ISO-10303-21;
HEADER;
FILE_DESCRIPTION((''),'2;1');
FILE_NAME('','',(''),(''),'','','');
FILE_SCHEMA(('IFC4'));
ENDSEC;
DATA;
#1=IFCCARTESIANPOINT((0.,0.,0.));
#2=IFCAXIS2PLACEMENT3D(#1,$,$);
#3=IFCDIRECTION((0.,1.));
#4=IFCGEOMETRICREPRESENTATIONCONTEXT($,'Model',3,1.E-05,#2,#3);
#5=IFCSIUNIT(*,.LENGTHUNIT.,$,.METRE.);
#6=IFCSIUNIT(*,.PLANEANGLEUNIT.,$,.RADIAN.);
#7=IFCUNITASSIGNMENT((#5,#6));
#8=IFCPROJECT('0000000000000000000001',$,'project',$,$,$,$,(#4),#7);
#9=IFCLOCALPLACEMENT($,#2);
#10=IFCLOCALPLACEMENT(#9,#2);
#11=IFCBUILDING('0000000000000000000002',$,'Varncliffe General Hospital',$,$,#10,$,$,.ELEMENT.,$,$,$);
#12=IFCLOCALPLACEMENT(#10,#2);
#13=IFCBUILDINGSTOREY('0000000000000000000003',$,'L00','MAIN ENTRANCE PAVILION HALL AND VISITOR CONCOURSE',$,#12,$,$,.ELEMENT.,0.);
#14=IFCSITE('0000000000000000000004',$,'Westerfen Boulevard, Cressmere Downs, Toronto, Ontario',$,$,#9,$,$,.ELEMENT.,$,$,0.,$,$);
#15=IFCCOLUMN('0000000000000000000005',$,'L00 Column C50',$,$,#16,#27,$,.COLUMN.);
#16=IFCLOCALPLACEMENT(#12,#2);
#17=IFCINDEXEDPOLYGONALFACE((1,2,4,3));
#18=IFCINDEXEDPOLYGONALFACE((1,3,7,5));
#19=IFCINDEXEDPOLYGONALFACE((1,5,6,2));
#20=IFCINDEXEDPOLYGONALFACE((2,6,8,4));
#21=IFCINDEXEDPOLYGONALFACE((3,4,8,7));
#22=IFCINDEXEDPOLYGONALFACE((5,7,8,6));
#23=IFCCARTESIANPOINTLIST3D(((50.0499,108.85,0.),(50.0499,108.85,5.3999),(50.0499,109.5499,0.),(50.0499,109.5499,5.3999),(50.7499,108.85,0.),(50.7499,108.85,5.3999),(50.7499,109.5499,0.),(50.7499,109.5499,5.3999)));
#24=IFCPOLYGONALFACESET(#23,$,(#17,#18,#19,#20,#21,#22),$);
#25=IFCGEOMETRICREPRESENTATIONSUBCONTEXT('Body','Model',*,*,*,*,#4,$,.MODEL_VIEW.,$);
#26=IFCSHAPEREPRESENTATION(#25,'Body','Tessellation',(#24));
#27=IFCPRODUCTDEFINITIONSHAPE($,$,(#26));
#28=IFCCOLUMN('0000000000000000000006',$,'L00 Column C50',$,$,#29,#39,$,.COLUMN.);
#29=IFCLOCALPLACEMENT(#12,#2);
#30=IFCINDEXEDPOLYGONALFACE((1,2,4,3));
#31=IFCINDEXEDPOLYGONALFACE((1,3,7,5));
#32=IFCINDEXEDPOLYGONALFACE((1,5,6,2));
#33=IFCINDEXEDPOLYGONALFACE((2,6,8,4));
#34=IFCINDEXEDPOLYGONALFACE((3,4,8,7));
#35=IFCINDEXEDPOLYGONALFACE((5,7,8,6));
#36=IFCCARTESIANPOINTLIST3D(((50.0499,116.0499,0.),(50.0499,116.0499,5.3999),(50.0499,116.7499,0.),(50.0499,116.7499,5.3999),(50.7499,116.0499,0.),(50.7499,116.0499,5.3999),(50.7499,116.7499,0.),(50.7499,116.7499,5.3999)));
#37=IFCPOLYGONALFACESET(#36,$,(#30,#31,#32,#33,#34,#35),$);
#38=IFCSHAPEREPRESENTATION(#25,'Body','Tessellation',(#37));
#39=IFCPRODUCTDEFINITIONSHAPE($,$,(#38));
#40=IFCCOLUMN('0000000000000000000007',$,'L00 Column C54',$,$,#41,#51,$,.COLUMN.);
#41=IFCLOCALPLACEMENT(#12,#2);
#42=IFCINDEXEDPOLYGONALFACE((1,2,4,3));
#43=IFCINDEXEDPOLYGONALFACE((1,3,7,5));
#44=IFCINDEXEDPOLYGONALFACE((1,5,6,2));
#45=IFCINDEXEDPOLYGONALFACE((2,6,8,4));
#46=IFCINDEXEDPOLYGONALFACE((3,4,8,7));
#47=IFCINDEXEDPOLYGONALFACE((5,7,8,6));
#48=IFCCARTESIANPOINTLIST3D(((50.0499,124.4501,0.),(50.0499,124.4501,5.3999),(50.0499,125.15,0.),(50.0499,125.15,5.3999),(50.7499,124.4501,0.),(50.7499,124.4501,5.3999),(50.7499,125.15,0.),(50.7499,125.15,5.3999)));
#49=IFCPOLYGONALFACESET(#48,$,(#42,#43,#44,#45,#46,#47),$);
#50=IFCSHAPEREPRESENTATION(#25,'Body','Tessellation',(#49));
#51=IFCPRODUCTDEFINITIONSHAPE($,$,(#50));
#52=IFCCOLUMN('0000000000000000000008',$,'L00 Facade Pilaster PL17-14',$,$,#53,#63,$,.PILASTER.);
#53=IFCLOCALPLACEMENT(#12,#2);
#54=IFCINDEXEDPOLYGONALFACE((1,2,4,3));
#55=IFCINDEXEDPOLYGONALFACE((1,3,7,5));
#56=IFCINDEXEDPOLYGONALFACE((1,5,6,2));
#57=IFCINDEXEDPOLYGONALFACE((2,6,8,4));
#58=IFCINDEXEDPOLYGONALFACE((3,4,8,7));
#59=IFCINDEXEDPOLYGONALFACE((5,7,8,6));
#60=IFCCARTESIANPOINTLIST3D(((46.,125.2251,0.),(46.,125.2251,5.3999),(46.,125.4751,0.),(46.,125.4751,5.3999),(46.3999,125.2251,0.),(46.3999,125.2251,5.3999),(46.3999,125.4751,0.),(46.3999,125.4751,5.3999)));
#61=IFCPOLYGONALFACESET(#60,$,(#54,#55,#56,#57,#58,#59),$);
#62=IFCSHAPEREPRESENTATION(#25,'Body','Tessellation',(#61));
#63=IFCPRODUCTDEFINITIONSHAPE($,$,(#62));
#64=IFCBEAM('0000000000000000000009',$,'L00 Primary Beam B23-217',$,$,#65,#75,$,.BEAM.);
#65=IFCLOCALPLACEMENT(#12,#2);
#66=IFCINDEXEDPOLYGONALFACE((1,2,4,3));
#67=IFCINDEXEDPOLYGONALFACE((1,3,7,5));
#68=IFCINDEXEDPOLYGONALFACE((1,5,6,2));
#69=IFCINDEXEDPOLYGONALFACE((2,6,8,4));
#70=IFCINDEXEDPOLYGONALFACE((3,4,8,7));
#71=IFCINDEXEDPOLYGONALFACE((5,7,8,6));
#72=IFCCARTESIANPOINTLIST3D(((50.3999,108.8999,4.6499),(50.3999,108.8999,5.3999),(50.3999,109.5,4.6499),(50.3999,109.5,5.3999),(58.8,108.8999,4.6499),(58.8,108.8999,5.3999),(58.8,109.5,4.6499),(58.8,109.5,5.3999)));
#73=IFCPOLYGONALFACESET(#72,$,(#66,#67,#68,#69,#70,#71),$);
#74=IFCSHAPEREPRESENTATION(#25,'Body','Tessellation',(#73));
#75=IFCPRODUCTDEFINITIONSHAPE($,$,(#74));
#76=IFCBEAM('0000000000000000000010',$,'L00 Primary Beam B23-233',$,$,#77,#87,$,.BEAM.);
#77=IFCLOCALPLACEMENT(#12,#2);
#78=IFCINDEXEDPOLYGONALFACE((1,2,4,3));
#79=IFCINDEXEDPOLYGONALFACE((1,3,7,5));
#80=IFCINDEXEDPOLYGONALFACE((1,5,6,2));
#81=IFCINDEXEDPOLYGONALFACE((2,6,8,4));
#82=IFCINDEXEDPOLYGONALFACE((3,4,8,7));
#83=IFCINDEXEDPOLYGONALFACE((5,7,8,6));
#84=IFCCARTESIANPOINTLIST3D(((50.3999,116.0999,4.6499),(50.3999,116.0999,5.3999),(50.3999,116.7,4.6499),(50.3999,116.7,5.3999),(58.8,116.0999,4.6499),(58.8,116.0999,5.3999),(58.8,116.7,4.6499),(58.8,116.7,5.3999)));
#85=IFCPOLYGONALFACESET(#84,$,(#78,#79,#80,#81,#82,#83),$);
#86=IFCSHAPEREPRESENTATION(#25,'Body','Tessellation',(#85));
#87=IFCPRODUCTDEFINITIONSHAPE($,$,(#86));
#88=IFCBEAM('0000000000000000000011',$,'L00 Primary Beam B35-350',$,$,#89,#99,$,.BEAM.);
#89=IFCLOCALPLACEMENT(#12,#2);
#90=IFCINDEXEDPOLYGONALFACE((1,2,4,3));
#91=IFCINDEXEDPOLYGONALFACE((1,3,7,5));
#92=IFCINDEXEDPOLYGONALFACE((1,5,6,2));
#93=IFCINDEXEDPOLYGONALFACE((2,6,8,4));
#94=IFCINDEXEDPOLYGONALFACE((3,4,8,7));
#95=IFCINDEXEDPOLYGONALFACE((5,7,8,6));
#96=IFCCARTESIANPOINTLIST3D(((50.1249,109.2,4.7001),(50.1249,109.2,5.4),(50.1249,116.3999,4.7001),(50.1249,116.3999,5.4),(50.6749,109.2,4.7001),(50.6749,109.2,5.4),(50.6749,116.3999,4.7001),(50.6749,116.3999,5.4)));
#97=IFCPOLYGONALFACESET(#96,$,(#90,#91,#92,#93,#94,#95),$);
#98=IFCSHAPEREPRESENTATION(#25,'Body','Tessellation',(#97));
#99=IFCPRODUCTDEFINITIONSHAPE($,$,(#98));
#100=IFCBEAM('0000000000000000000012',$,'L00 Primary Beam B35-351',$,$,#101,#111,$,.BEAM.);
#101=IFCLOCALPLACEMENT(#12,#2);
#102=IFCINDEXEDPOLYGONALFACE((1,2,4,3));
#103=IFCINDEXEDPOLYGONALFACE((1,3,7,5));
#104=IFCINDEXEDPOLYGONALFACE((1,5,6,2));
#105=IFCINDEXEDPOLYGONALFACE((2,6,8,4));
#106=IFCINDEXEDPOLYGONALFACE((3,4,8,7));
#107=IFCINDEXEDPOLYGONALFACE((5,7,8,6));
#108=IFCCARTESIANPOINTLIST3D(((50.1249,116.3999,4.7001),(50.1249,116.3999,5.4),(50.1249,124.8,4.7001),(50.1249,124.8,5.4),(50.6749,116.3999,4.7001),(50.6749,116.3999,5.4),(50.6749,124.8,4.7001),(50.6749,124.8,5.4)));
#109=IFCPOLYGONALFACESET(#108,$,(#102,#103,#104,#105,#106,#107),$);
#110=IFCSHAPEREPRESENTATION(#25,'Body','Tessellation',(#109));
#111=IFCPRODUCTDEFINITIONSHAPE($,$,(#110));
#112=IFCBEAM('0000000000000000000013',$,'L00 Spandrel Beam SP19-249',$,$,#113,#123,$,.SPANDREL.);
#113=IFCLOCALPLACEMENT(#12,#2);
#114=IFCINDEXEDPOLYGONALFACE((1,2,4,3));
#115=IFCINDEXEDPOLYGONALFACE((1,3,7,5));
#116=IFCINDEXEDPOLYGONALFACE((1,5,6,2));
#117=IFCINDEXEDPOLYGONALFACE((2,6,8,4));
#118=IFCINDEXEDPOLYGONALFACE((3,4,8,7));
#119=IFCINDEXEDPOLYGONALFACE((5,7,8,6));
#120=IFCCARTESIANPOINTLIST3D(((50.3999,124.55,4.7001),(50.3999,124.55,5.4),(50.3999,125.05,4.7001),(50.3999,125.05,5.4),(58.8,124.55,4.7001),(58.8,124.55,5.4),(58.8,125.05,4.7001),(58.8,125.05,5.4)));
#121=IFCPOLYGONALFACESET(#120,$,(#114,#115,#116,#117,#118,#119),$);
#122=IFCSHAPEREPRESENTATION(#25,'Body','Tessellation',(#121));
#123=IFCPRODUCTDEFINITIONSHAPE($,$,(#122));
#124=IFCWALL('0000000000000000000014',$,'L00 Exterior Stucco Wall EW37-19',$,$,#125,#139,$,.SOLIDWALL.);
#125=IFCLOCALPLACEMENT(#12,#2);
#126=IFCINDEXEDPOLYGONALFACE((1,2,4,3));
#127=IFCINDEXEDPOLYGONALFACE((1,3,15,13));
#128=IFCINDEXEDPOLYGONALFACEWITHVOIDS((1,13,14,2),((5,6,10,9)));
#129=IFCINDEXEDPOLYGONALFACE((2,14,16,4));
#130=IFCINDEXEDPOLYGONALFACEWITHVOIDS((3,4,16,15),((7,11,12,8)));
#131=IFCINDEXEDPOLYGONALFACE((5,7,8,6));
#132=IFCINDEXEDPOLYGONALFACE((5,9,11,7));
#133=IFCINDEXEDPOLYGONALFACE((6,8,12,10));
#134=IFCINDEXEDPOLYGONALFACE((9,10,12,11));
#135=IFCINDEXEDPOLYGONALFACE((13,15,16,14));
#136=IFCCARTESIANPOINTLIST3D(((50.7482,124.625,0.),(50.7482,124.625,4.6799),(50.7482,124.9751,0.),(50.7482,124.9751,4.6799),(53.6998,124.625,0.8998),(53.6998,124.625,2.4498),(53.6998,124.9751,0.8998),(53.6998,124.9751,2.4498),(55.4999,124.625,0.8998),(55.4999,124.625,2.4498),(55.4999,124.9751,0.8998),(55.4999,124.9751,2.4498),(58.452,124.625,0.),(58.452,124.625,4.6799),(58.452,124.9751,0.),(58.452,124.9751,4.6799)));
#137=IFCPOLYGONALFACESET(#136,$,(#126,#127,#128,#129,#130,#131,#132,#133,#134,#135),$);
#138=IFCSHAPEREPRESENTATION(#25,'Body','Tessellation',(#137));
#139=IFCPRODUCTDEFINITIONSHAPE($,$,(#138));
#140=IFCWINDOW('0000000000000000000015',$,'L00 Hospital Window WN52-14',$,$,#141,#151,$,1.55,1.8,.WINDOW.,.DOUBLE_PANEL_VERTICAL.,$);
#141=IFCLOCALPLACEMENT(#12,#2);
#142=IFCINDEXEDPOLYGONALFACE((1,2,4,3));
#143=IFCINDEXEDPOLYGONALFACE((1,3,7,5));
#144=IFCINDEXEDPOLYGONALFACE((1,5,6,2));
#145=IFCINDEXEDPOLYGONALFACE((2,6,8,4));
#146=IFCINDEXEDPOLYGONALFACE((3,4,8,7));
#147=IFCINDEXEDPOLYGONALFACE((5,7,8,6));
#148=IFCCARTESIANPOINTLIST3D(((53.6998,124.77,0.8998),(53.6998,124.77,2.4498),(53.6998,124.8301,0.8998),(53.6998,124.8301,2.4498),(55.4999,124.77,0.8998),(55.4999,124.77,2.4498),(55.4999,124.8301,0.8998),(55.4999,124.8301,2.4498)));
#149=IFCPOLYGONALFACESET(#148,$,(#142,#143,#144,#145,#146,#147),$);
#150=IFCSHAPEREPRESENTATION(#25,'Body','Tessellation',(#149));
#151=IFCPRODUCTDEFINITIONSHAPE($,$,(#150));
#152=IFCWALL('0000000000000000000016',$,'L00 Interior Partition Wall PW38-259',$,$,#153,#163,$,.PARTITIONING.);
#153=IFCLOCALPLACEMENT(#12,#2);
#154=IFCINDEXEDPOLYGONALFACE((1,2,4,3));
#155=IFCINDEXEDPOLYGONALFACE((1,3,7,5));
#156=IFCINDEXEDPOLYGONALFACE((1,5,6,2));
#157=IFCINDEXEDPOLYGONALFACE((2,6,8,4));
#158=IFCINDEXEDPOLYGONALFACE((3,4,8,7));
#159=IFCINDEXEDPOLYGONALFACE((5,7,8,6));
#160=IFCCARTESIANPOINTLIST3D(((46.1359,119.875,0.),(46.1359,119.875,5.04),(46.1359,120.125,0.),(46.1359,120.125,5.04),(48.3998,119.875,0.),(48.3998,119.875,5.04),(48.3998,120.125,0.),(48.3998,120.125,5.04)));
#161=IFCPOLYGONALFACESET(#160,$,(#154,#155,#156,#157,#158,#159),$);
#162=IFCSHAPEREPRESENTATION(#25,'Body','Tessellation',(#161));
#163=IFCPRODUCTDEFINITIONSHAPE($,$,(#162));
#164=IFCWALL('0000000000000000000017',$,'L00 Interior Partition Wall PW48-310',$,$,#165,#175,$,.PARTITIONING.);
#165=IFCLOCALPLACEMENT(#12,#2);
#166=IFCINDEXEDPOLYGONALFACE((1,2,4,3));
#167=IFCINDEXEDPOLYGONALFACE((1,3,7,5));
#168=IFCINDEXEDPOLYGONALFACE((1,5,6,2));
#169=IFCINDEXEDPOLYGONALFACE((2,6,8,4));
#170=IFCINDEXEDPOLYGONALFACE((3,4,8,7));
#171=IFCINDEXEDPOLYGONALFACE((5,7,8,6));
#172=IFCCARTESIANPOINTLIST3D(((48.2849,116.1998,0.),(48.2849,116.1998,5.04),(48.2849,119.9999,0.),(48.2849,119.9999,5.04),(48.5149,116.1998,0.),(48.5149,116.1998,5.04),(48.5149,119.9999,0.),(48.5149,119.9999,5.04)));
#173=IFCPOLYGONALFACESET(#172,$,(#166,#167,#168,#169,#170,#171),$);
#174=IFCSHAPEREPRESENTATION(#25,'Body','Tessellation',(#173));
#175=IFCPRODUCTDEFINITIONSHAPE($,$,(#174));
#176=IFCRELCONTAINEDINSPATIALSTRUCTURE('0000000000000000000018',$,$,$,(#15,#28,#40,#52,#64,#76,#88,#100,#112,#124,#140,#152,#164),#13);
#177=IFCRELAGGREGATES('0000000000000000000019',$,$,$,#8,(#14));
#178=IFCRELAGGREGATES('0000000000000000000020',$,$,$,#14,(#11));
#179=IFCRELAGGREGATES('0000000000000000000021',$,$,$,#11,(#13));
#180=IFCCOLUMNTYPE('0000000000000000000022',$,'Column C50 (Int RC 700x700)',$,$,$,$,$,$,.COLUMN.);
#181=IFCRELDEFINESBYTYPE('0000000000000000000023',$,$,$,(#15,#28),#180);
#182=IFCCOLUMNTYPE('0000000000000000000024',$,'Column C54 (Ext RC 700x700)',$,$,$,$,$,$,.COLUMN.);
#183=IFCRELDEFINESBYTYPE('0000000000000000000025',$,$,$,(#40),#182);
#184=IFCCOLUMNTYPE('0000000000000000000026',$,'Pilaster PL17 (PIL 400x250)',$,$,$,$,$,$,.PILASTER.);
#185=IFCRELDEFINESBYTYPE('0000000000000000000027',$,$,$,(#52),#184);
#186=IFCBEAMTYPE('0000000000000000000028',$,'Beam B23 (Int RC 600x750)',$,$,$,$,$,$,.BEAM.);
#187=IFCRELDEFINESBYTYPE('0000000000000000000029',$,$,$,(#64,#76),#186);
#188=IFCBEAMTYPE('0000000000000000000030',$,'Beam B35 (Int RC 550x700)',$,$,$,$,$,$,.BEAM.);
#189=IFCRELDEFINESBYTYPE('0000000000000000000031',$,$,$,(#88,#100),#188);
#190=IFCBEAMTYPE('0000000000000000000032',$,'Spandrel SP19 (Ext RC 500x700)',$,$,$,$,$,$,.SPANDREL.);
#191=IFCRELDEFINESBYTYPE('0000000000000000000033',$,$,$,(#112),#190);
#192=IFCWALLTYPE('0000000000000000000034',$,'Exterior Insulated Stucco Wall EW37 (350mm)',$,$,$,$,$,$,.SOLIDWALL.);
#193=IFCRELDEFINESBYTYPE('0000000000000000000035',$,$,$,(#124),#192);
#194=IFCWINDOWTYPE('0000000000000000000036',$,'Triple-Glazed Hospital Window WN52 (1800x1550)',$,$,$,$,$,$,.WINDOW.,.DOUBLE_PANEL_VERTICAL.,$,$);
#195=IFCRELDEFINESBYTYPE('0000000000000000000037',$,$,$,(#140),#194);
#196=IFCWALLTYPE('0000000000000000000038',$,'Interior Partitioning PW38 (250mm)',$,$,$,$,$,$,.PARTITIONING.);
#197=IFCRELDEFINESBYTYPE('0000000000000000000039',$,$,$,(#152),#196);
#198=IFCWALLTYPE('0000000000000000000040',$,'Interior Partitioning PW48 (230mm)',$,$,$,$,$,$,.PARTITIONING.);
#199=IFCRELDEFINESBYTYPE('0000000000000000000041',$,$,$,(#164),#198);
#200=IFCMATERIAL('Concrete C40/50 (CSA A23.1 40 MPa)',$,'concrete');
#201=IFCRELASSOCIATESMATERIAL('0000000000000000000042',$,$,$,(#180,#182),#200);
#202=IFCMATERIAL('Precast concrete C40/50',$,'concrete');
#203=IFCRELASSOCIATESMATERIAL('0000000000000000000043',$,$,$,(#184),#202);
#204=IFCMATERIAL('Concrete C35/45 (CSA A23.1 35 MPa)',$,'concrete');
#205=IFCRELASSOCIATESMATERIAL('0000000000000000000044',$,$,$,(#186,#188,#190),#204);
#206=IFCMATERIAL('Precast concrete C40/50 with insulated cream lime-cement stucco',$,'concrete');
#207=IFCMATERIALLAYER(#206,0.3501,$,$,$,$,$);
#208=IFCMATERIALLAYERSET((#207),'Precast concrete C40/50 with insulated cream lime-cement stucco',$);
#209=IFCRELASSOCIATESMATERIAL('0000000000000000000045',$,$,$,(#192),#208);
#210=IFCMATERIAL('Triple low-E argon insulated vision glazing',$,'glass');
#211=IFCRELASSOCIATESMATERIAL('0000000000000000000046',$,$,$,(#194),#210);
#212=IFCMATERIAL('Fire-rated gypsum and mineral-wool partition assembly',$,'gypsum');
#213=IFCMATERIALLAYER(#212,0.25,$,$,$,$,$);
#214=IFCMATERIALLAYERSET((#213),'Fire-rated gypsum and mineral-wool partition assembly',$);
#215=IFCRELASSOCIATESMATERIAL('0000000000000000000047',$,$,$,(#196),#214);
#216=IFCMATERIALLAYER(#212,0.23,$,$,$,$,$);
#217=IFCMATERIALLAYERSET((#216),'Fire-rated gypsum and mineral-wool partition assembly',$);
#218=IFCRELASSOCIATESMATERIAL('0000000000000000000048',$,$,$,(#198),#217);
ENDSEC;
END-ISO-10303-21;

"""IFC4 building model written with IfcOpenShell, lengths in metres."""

from ifc_helpers import new_model, si_unit, direction, frame, frame_2d, origin, origin_2d, place, context, subcontext, project, spatial, rectangle, extrude, material, layer, layer_set, material_profile, profile_set, type_object, element, fill, save


model = new_model("IFC4")

# Units and contexts
model_context = context("Model", 3, precision=1e-05, world=origin(), true_north=direction((0.0, 1.0)))
body_context = subcontext(model_context, "Body", "Model", "MODEL_VIEW")
ifc_project = project(units=[si_unit("LENGTHUNIT", "METRE"), si_unit("PLANEANGLEUNIT", "RADIAN")], contexts=[model_context])

# Site, building, storey
site_placement = place(None, origin())
site = spatial("IfcSite", under=ifc_project, at=site_placement, Name="Westerfen Boulevard, Cressmere Downs, Toronto, Ontario", CompositionType="ELEMENT", RefElevation=0.0)
building_placement = place(site_placement, origin())
building = spatial("IfcBuilding", under=site, at=building_placement, Name="Varncliffe General Hospital", CompositionType="ELEMENT")
storey_placement = place(building_placement, origin())
storey = spatial("IfcBuildingStorey", under=building, at=storey_placement, Name="L00", Description="MAIN ENTRANCE PAVILION HALL AND VISITOR CONCOURSE", CompositionType="ELEMENT", Elevation=0.0)

# Columns
ifc_material_1 = material(Name="Concrete C40/50 (CSA A23.1 40 MPa)", Category="concrete")
ifc_material_profile_1 = material_profile(ifc_material_1, rectangle(XDim=0.7, YDim=0.7, at=origin_2d()), Name="RC 700x700")
ifc_profile_set_1 = profile_set([ifc_material_profile_1], Name="Concrete C40/50 (CSA A23.1 40 MPa)")
column_type_1 = type_object("IfcColumnType", Name="Column C50 (Int RC 700x700)", PredefinedType="COLUMN", material=ifc_profile_set_1)
for number, where, z_axis, x_axis, name in (
    (1, (50.3999, 109.2, 0.0), (0.0, 0.0, 1.0), (1.0, 0.0, 0.0), "L00 Column C50"),
    (2, (50.3999, 116.3999, 0.0), (0.0, 0.0, 1.0), (1.0, 0.0, 0.0), "L00 Column C50"),
):
    element("IfcColumn", number, at=place(storey_placement, frame(where, z_axis=z_axis, x_axis=x_axis)), inside=storey, type_object=column_type_1, Name=name, PredefinedType="COLUMN", context=body_context, shape_type="SweptSolid", body=[
        extrude(rectangle(XDim=0.7, YDim=0.7, at=origin_2d()), origin(), (0.0, 0.0, 1.0), 5.3999),
    ])
ifc_material_profile_2 = material_profile(ifc_material_1, rectangle(XDim=0.7, YDim=0.7, at=origin_2d()), Name="RC 700x700")
ifc_profile_set_2 = profile_set([ifc_material_profile_2], Name="Concrete C40/50 (CSA A23.1 40 MPa)")
column_type_2 = type_object("IfcColumnType", Name="Column C54 (Ext RC 700x700)", PredefinedType="COLUMN", material=ifc_profile_set_2)
column_1_placement = place(storey_placement, frame((50.3999, 124.8, 0.0), z_axis=(0.0, 0.0, 1.0), x_axis=(1.0, 0.0, 0.0)))
element("IfcColumn", 3, at=column_1_placement, inside=storey, type_object=column_type_2, Name="L00 Column C54", PredefinedType="COLUMN", context=body_context, shape_type="SweptSolid", body=[
    extrude(rectangle(XDim=0.7, YDim=0.7, at=origin_2d()), origin(), (0.0, 0.0, 1.0), 5.3999),
])
ifc_material_2 = material(Name="Precast concrete C40/50", Category="concrete")
ifc_material_profile_3 = material_profile(ifc_material_2, rectangle(XDim=0.3999, YDim=0.25, at=origin_2d()), Name="PIL 400x250")
ifc_profile_set_3 = profile_set([ifc_material_profile_3], Name="Precast concrete C40/50")
column_type_3 = type_object("IfcColumnType", Name="Pilaster PL17 (PIL 400x250)", PredefinedType="PILASTER", material=ifc_profile_set_3)
column_2_placement = place(storey_placement, frame((46.2, 125.3501, 0.0), z_axis=(0.0, 0.0, 1.0), x_axis=(1.0, 0.0, 0.0)))
element("IfcColumn", 4, at=column_2_placement, inside=storey, type_object=column_type_3, Name="L00 Facade Pilaster PL17-14", PredefinedType="PILASTER", context=body_context, shape_type="SweptSolid", body=[
    extrude(rectangle(XDim=0.3999, YDim=0.25, at=origin_2d()), origin(), (0.0, 0.0, 1.0), 5.3999),
])

# Beams
ifc_material_3 = material(Name="Concrete C35/45 (CSA A23.1 35 MPa)", Category="concrete")
ifc_material_profile_4 = material_profile(ifc_material_3, rectangle(XDim=0.6001, YDim=0.75, at=origin_2d()), Name="RC 600x750")
ifc_profile_set_4 = profile_set([ifc_material_profile_4], Name="Concrete C35/45 (CSA A23.1 35 MPa)")
beam_type_1 = type_object("IfcBeamType", Name="Beam B23 (Int RC 600x750)", PredefinedType="BEAM", material=ifc_profile_set_4)
for number, where, z_axis, x_axis, name in (
    (5, (50.3999, 109.2, 5.0249), (1.0, 0.0, 0.0), (0.0, 1.0, 0.0), "L00 Primary Beam B23-217"),
    (6, (50.3999, 116.3999, 5.0249), (1.0, 0.0, 0.0), (0.0, 1.0, 0.0), "L00 Primary Beam B23-233"),
):
    element("IfcBeam", number, at=place(storey_placement, frame(where, z_axis=z_axis, x_axis=x_axis)), inside=storey, type_object=beam_type_1, Name=name, PredefinedType="BEAM", context=body_context, shape_type="SweptSolid", body=[
        extrude(rectangle(XDim=0.6001, YDim=0.75, at=origin_2d()), origin(), (0.0, 0.0, 1.0), 8.4001),
    ])
ifc_material_profile_5 = material_profile(ifc_material_3, rectangle(XDim=0.55, YDim=0.7, at=origin_2d()), Name="RC 550x700")
ifc_profile_set_5 = profile_set([ifc_material_profile_5], Name="Concrete C35/45 (CSA A23.1 35 MPa)")
beam_type_2 = type_object("IfcBeamType", Name="Beam B35 (Int RC 550x700)", PredefinedType="BEAM", material=ifc_profile_set_5)
beam_1_placement = place(storey_placement, frame((50.3999, 109.2, 5.05), z_axis=(0.0, 1.0, 0.0), x_axis=(-1.0, 0.0, 0.0)))
element("IfcBeam", 7, at=beam_1_placement, inside=storey, type_object=beam_type_2, Name="L00 Primary Beam B35-350", PredefinedType="BEAM", context=body_context, shape_type="SweptSolid", body=[
    extrude(rectangle(XDim=0.55, YDim=0.7, at=origin_2d()), origin(), (0.0, 0.0, 1.0), 7.2),
])
beam_2_placement = place(storey_placement, frame((50.3999, 116.3999, 5.05), z_axis=(0.0, 1.0, 0.0), x_axis=(-1.0, 0.0, 0.0)))
element("IfcBeam", 8, at=beam_2_placement, inside=storey, type_object=beam_type_2, Name="L00 Primary Beam B35-351", PredefinedType="BEAM", context=body_context, shape_type="SweptSolid", body=[
    extrude(rectangle(XDim=0.55, YDim=0.7, at=origin_2d()), origin(), (0.0, 0.0, 1.0), 8.4001),
])
ifc_material_profile_6 = material_profile(ifc_material_3, rectangle(XDim=0.5, YDim=0.7, at=origin_2d()), Name="RC 500x700")
ifc_profile_set_6 = profile_set([ifc_material_profile_6], Name="Concrete C35/45 (CSA A23.1 35 MPa)")
beam_type_3 = type_object("IfcBeamType", Name="Spandrel SP19 (Ext RC 500x700)", PredefinedType="SPANDREL", material=ifc_profile_set_6)
beam_3_placement = place(storey_placement, frame((50.3999, 124.8, 5.05), z_axis=(1.0, 0.0, 0.0), x_axis=(0.0, 1.0, 0.0)))
element("IfcBeam", 9, at=beam_3_placement, inside=storey, type_object=beam_type_3, Name="L00 Spandrel Beam SP19-249", PredefinedType="SPANDREL", context=body_context, shape_type="SweptSolid", body=[
    extrude(rectangle(XDim=0.5, YDim=0.7, at=origin_2d()), origin(), (0.0, 0.0, 1.0), 8.4001),
])

# Wall, opening, window
ifc_material_4 = material(Name="Precast concrete C40/50 with insulated cream lime-cement stucco", Category="concrete")
ifc_layer_1 = layer(ifc_material_4, 0.3501)
ifc_layer_set_1 = layer_set([ifc_layer_1], Name="Precast concrete C40/50 with insulated cream lime-cement stucco")
wall_type_1 = type_object("IfcWallType", Name="Exterior Insulated Stucco Wall EW37 (350mm)", PredefinedType="SOLIDWALL", material=ifc_layer_set_1)
wall_1_placement = place(storey_placement, frame((50.748, 124.8, 0.0), z_axis=(0.0, 0.0, 1.0), x_axis=(1.0, 0.0, 0.0)))
wall_1 = element("IfcWall", 10, at=wall_1_placement, inside=storey, type_object=wall_type_1, Name="L00 Exterior Stucco Wall EW37-19", PredefinedType="SOLIDWALL", context=body_context, shape_type="SweptSolid", body=[
    extrude(rectangle(XDim=7.7039, YDim=0.3501, at=frame_2d((3.8521, 0.0))), origin(), (0.0, 0.0, 1.0), 4.6799),
])
opening_1_placement = place(wall_1_placement, frame((2.9519, 0.0, 0.8999)))
opening_1 = element("IfcOpeningElement", 11, at=opening_1_placement, cuts=wall_1, PredefinedType="OPENING", context=body_context, shape_type="SweptSolid", body=[
    extrude(rectangle(XDim=1.8, YDim=1.55, at=frame_2d((0.8999, 0.7749))), frame((0.0, 0.1851, 0.0), z_axis=(0.0, -1.0, 0.0), x_axis=(1.0, 0.0, 0.0)), (0.0, 0.0, 1.0), 0.3701),
])
ifc_material_5 = material(Name="Triple low-E argon insulated vision glazing", Category="glass")
window_type = type_object("IfcWindowType", Name="Triple-Glazed Hospital Window WN52 (1800x1550)", PartitioningType="DOUBLE_PANEL_VERTICAL", PredefinedType="WINDOW", material=ifc_material_5)
window_placement = place(opening_1_placement, origin())
window = element("IfcWindow", 12, at=window_placement, inside=storey, type_object=window_type, Name="L00 Hospital Window WN52-14", OverallHeight=1.55, OverallWidth=1.8, PartitioningType="DOUBLE_PANEL_VERTICAL", PredefinedType="WINDOW", context=body_context, shape_type="SweptSolid", body=[
    extrude(rectangle(XDim=1.8, YDim=1.55, at=frame_2d((0.8999, 0.7749))), frame((0.0, 0.03, 0.0), z_axis=(0.0, -1.0, 0.0), x_axis=(1.0, 0.0, 0.0)), (0.0, 0.0, 1.0), 0.0601),
])
fill(opening_1, window)

# Walls
ifc_material_6 = material(Name="Fire-rated gypsum and mineral-wool partition assembly", Category="gypsum")
ifc_layer_2 = layer(ifc_material_6, 0.25)
ifc_layer_set_2 = layer_set([ifc_layer_2], Name="Fire-rated gypsum and mineral-wool partition assembly")
wall_type_2 = type_object("IfcWallType", Name="Interior Partitioning PW38 (250mm)", PredefinedType="PARTITIONING", material=ifc_layer_set_2)
wall_2_placement = place(storey_placement, frame((46.136, 120.0, 0.0), z_axis=(0.0, 0.0, 1.0), x_axis=(1.0, 0.0, 0.0)))
element("IfcWall", 13, at=wall_2_placement, inside=storey, type_object=wall_type_2, Name="L00 Interior Partition Wall PW38-259", PredefinedType="PARTITIONING", context=body_context, shape_type="SweptSolid", body=[
    extrude(rectangle(XDim=2.2639, YDim=0.25, at=frame_2d((1.1318, 0.0))), origin(), (0.0, 0.0, 1.0), 5.04),
])
ifc_layer_3 = layer(ifc_material_6, 0.23)
ifc_layer_set_3 = layer_set([ifc_layer_3], Name="Fire-rated gypsum and mineral-wool partition assembly")
wall_type_3 = type_object("IfcWallType", Name="Interior Partitioning PW48 (230mm)", PredefinedType="PARTITIONING", material=ifc_layer_set_3)
wall_3_placement = place(storey_placement, frame((48.3999, 116.2, 0.0), z_axis=(0.0, 0.0, 1.0), x_axis=(0.0, 1.0, 0.0)))
element("IfcWall", 14, at=wall_3_placement, inside=storey, type_object=wall_type_3, Name="L00 Interior Partition Wall PW48-310", PredefinedType="PARTITIONING", context=body_context, shape_type="SweptSolid", body=[
    extrude(rectangle(XDim=3.8, YDim=0.23, at=frame_2d((1.8999, 0.0))), origin(), (0.0, 0.0, 1.0), 5.04),
])

save(model, "model.ifc")
